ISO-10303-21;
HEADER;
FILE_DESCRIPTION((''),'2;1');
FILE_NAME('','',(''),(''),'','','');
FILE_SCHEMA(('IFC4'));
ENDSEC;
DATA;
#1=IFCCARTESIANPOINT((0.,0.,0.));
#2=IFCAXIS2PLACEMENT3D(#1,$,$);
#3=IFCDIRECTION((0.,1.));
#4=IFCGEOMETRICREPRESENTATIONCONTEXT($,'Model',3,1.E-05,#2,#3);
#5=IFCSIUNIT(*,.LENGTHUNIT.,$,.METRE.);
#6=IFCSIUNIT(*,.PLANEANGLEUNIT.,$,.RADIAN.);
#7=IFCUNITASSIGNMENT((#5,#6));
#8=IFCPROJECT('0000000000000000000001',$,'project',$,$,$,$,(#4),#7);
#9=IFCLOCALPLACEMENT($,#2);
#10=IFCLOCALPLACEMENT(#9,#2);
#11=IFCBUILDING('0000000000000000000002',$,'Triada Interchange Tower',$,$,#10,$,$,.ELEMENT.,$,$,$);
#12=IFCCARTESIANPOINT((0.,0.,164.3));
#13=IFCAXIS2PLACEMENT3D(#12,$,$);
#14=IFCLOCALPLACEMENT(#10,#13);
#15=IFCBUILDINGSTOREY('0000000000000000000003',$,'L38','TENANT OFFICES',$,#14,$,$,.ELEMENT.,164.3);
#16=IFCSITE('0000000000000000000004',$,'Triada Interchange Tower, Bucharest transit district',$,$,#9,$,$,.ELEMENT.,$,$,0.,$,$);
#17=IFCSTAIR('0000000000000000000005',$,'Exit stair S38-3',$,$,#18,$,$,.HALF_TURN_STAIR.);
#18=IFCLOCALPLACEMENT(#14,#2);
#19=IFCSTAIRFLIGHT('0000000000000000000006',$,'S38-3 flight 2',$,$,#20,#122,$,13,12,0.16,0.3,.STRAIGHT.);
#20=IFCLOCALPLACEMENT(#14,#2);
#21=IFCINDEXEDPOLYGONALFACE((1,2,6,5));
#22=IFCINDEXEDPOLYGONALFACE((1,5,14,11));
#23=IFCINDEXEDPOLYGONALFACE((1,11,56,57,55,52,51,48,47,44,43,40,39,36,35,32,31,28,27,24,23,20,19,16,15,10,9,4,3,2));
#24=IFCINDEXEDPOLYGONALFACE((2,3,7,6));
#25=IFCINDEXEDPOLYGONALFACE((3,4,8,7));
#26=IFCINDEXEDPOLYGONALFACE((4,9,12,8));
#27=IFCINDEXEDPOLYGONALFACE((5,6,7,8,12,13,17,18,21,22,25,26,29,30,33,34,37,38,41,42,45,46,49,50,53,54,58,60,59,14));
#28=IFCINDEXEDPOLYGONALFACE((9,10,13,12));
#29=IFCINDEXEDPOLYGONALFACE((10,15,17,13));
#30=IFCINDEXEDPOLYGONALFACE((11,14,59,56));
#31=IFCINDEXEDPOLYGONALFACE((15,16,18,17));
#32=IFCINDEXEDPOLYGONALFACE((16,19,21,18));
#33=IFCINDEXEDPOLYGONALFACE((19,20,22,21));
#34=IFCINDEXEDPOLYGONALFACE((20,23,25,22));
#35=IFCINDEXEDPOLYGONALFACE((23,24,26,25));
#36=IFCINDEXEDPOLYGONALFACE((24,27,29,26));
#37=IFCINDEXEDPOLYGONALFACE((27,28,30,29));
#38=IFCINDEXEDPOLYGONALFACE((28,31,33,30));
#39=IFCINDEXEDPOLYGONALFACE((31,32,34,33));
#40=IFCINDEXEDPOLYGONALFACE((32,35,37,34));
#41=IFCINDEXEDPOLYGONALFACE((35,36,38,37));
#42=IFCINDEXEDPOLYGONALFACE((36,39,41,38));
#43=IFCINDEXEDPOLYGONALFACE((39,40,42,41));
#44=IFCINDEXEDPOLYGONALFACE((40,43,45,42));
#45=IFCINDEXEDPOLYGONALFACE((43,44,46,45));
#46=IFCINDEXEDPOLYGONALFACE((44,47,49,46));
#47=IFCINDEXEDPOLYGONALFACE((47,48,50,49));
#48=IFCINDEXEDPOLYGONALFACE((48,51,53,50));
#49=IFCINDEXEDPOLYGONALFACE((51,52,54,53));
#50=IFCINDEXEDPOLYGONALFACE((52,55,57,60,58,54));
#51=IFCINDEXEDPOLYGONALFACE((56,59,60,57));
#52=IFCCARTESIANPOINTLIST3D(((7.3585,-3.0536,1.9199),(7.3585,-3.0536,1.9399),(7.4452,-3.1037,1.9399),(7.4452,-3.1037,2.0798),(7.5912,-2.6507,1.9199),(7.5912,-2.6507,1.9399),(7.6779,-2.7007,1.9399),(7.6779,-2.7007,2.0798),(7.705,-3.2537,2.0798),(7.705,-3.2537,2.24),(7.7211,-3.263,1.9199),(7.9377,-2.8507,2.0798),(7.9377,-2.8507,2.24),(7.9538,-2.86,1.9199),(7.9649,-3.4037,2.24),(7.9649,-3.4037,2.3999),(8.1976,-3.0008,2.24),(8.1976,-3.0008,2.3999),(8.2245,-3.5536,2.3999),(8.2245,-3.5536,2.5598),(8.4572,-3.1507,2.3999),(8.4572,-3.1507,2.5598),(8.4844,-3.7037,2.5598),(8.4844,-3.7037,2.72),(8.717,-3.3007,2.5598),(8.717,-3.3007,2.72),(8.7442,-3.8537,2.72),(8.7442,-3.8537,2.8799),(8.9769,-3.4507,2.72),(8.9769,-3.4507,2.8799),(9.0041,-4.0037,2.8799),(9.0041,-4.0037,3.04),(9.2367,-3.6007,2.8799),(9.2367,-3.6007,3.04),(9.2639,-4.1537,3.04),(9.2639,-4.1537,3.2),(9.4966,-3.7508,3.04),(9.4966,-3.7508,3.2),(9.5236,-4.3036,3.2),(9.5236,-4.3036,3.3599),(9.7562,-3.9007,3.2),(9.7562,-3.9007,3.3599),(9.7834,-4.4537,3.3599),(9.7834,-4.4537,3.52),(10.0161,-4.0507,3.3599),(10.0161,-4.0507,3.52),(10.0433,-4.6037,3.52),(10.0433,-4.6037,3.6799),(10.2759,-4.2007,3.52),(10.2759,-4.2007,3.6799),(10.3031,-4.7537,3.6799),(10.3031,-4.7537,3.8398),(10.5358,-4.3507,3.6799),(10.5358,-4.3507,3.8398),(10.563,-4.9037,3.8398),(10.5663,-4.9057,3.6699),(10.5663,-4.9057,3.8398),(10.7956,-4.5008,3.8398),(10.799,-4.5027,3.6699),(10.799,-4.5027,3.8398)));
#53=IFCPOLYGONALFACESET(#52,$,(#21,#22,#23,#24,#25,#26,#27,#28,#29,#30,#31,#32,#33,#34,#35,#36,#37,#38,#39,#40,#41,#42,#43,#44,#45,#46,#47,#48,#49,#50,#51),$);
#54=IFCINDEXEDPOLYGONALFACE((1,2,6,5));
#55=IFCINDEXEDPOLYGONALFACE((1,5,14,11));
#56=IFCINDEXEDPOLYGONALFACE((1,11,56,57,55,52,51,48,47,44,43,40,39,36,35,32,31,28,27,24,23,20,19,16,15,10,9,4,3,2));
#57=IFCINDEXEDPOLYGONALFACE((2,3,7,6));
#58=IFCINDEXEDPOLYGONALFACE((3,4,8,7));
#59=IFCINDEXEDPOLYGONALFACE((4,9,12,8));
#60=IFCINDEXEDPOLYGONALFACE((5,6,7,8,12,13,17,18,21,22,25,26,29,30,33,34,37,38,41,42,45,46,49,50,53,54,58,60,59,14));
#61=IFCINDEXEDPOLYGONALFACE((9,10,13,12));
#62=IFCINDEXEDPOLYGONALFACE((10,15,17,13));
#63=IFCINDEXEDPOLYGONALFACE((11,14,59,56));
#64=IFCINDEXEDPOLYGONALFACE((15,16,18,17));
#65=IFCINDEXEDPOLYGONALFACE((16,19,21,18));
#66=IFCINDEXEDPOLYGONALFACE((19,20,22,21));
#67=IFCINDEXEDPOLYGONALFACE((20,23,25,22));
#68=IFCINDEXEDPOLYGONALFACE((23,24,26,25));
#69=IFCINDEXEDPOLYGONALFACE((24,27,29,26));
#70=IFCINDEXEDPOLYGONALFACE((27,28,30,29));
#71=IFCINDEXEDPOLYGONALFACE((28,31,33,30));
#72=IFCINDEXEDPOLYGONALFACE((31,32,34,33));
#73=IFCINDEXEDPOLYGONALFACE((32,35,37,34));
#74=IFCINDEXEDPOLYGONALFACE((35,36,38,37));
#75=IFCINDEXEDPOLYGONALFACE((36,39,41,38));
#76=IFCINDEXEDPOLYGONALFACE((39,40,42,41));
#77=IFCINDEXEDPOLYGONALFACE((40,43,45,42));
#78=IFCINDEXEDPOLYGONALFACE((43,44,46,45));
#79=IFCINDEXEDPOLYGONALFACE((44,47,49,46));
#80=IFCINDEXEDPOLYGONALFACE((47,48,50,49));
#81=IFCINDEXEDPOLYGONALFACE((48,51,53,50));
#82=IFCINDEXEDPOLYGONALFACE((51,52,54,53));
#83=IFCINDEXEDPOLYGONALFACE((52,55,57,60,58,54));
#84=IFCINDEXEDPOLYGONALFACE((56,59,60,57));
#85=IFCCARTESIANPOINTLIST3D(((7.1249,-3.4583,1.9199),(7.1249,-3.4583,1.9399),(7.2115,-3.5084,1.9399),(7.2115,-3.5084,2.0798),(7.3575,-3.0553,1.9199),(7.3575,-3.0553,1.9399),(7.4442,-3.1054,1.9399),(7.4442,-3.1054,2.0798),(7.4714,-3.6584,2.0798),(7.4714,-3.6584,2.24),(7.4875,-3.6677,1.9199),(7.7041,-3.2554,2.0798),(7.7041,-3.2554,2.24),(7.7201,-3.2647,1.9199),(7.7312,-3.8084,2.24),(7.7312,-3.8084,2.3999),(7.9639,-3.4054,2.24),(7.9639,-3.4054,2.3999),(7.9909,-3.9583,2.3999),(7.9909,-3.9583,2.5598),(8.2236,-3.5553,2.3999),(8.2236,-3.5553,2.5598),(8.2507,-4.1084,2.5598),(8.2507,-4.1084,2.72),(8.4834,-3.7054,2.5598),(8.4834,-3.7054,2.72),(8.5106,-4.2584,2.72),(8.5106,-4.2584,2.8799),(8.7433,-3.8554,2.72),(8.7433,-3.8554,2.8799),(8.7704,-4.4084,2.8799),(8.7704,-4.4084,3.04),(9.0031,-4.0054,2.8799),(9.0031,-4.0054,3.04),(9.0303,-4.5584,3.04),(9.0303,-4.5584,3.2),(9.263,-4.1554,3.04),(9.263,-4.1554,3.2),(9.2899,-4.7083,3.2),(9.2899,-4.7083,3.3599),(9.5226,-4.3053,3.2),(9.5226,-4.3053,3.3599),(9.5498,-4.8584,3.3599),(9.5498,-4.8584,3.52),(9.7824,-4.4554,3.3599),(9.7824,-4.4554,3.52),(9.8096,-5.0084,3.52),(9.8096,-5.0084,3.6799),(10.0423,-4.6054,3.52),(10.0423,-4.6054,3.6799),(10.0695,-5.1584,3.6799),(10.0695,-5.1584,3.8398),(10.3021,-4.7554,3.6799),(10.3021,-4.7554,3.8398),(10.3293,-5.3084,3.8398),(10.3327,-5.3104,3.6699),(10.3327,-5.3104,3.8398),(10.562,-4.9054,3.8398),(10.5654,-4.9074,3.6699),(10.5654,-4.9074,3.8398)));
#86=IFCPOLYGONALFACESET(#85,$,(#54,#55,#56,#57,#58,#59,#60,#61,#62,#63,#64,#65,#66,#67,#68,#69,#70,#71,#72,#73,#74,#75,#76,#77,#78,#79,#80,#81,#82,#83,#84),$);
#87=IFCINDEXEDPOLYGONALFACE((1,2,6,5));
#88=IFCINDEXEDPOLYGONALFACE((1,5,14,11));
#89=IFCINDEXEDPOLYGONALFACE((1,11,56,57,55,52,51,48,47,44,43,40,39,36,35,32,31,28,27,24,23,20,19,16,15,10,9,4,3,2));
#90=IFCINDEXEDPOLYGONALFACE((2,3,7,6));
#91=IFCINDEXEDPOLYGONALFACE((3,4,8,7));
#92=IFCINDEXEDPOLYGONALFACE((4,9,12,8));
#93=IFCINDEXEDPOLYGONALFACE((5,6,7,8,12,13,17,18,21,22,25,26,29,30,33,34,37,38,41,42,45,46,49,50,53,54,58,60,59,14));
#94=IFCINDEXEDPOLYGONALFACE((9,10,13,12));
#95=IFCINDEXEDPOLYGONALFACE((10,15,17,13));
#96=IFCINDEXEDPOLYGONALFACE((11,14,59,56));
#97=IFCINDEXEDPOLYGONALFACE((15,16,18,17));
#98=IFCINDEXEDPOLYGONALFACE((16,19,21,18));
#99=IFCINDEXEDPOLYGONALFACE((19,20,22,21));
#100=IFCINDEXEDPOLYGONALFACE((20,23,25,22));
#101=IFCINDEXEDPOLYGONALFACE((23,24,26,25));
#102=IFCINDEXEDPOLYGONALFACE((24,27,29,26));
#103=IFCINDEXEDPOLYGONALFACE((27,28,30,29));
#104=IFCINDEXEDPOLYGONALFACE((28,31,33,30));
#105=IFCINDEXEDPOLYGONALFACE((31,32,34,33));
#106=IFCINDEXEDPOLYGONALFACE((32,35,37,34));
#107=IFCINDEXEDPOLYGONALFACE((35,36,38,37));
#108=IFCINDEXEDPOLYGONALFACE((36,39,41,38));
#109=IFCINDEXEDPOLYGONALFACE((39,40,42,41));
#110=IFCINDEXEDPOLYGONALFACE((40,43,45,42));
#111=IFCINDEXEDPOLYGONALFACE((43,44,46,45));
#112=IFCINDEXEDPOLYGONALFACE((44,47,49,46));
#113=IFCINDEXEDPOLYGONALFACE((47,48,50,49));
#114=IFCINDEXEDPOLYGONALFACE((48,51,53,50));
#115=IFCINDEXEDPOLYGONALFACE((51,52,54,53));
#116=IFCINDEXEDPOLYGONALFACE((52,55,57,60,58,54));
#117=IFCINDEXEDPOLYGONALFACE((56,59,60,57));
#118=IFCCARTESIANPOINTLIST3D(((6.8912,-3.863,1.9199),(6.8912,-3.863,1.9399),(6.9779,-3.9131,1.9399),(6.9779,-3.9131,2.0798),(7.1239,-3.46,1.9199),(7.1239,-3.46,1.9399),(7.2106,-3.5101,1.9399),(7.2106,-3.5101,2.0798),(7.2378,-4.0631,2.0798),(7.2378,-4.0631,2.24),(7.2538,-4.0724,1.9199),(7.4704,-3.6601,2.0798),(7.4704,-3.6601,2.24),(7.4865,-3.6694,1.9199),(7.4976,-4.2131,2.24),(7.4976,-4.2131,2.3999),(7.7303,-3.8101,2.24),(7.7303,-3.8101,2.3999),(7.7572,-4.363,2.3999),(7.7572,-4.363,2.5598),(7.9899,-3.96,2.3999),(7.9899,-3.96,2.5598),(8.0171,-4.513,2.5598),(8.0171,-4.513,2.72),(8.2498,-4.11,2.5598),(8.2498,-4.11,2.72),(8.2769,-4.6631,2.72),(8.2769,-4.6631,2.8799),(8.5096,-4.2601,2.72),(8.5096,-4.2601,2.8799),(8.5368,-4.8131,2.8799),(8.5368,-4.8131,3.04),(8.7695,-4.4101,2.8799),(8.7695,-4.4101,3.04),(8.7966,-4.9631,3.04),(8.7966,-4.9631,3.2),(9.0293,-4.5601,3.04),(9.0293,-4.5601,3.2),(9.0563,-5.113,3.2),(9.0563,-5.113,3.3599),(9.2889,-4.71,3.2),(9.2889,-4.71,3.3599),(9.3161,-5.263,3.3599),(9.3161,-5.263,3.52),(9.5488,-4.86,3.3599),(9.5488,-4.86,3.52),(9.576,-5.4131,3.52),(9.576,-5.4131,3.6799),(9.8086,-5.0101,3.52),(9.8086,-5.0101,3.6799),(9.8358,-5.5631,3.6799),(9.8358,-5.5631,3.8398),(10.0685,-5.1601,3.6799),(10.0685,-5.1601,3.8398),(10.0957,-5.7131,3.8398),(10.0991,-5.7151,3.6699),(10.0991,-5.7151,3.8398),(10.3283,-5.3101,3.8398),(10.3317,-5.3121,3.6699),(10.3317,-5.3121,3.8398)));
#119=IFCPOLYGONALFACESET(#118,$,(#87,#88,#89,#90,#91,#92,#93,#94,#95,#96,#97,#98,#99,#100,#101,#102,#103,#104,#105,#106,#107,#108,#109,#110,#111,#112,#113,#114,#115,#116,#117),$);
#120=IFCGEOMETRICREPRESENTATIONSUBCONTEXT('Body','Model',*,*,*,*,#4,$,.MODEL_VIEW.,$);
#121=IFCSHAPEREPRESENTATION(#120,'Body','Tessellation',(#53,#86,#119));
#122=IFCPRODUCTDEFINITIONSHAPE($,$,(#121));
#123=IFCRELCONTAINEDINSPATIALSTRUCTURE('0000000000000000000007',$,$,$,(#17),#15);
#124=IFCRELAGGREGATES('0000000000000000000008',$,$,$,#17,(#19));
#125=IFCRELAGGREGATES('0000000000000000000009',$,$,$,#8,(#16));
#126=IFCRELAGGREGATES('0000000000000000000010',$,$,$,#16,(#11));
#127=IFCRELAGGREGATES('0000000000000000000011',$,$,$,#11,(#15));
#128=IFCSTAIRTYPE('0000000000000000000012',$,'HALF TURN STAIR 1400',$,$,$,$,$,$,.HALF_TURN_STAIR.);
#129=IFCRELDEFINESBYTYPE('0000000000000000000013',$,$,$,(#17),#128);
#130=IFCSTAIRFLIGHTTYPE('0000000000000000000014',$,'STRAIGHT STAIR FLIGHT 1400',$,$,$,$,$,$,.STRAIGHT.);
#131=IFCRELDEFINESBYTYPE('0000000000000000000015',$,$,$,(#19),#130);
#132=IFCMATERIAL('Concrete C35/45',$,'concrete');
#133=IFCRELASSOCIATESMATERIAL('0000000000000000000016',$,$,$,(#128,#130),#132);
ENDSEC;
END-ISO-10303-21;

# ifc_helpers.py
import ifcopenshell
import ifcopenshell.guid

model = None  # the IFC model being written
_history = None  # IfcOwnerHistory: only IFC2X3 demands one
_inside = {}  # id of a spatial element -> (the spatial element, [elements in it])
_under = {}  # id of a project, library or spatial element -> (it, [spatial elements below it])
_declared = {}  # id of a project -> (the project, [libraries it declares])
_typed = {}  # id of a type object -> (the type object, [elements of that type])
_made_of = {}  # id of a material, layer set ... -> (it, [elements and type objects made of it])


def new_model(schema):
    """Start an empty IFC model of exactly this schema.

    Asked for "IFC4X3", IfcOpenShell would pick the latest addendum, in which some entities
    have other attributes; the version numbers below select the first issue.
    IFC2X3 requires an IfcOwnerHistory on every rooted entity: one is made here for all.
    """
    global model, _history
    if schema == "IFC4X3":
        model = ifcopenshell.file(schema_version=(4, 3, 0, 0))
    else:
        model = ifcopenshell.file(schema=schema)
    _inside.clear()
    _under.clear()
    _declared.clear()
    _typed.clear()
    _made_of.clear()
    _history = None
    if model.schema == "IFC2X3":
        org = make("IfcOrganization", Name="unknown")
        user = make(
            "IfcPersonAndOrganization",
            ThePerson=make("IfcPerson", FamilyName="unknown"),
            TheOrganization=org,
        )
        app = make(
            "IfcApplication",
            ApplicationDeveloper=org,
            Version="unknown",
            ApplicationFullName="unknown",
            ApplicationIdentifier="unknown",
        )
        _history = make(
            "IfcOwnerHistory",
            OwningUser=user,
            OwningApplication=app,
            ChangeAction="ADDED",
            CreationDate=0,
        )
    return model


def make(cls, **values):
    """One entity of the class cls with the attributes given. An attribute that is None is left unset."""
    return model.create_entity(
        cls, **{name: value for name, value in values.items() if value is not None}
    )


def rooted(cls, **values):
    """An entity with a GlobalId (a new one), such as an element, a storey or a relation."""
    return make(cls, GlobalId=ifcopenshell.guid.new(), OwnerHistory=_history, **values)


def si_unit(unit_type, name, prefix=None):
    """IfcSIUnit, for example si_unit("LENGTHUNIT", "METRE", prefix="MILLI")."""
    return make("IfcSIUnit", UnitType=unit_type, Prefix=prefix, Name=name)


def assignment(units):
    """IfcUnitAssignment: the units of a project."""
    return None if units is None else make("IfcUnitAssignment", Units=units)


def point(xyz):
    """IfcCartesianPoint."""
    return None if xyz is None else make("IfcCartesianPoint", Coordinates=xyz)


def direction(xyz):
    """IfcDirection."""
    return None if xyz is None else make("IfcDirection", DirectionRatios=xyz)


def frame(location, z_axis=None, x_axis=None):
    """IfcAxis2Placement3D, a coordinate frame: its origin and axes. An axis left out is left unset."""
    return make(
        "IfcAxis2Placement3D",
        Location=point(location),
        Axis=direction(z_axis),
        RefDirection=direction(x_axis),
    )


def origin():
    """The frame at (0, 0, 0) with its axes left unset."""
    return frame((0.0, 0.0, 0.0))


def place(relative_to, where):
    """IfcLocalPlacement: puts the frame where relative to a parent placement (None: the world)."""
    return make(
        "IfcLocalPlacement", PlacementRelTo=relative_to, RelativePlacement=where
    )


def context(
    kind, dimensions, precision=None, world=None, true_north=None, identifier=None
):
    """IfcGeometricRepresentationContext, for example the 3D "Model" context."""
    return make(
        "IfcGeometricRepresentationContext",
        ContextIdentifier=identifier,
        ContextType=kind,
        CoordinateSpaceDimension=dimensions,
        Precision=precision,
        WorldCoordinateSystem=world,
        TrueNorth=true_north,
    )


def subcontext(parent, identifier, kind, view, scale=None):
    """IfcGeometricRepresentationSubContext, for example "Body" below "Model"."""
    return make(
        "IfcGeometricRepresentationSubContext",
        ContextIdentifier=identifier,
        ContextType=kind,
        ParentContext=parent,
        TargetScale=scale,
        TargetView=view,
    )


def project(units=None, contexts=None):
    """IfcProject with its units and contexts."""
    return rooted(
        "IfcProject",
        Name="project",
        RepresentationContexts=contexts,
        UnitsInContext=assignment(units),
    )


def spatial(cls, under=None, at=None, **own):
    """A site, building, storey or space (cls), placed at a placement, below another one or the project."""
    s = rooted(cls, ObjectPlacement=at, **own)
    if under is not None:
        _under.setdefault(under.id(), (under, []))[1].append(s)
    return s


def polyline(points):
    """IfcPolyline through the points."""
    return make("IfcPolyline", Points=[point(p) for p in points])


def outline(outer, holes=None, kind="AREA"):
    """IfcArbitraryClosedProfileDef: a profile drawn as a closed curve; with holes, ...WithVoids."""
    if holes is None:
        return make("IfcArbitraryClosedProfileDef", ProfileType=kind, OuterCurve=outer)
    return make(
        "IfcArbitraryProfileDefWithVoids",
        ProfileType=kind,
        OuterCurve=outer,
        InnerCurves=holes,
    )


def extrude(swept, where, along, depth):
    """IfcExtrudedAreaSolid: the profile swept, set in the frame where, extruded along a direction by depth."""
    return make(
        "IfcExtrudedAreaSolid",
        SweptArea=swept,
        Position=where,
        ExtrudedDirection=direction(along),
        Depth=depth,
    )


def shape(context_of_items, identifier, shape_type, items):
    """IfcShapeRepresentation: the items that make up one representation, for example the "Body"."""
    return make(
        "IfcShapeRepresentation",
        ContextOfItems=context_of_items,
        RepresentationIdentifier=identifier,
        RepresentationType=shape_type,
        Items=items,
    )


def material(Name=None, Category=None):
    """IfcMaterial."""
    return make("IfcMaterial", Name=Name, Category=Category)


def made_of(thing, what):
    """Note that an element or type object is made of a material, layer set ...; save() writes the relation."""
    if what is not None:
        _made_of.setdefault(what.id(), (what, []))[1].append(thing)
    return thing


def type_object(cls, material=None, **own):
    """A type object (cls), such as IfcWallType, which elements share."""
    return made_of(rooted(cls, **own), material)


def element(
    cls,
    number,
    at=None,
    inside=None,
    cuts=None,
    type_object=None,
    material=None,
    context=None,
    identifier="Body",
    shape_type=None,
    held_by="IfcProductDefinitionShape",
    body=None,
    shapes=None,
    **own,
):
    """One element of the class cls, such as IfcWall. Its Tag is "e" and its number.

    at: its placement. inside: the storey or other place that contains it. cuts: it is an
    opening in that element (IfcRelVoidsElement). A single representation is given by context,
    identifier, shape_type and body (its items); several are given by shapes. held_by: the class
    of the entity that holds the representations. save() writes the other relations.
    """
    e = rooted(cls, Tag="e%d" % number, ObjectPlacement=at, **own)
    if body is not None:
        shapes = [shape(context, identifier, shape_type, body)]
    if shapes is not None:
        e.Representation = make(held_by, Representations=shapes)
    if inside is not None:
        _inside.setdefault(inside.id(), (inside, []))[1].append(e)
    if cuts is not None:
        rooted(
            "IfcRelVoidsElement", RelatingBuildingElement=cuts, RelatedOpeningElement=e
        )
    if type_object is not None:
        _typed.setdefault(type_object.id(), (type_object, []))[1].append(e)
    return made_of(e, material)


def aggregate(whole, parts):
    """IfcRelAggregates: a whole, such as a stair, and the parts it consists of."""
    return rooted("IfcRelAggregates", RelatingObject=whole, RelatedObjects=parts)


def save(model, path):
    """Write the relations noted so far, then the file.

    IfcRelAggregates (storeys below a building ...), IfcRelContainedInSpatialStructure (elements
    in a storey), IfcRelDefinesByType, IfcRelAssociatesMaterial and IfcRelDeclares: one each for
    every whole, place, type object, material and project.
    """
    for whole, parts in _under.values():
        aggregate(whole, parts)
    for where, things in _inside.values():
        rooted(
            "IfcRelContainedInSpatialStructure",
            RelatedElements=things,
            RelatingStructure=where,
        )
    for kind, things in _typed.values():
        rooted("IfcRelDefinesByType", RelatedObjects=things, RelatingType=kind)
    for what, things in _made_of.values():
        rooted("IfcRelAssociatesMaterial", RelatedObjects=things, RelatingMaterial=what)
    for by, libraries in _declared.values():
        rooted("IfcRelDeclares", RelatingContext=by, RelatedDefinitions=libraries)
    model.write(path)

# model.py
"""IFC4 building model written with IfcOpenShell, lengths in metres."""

from ifc_helpers import new_model, si_unit, direction, frame, origin, place, context, subcontext, project, spatial, polyline, outline, extrude, material, type_object, element, aggregate, save


model = new_model("IFC4")

# Units and contexts
model_context = context("Model", 3, precision=1e-05, world=origin(), true_north=direction((0.0, 1.0)))
body_context = subcontext(model_context, "Body", "Model", "MODEL_VIEW")
ifc_project = project(units=[si_unit("LENGTHUNIT", "METRE"), si_unit("PLANEANGLEUNIT", "RADIAN")], contexts=[model_context])

# Site, building, storey
site_placement = place(None, origin())
site = spatial("IfcSite", under=ifc_project, at=site_placement, Name="Triada Interchange Tower, Bucharest transit district", CompositionType="ELEMENT", RefElevation=0.0)
building_placement = place(site_placement, origin())
building = spatial("IfcBuilding", under=site, at=building_placement, Name="Triada Interchange Tower", CompositionType="ELEMENT")
storey_placement = place(building_placement, frame((0.0, 0.0, 164.3)))
storey = spatial("IfcBuildingStorey", under=building, at=storey_placement, Name="L38", Description="TENANT OFFICES", CompositionType="ELEMENT", Elevation=164.3)

# Stair, stair flight
ifc_material_1 = material(Name="Concrete C35/45", Category="concrete")
stair_type = type_object("IfcStairType", Name="HALF TURN STAIR 1400", PredefinedType="HALF_TURN_STAIR", material=ifc_material_1)
stair_placement = place(storey_placement, origin())
stair = element("IfcStair", 1, at=stair_placement, inside=storey, type_object=stair_type, Name="Exit stair S38-3", PredefinedType="HALF_TURN_STAIR")
stair_flight_type = type_object("IfcStairFlightType", Name="STRAIGHT STAIR FLIGHT 1400", PredefinedType="STRAIGHT", material=ifc_material_1)
stair_flight_1_placement = place(storey_placement, frame((7.3279, -3.3069, 1.9199), z_axis=(0.0, 0.0, 1.0), x_axis=(0.866025, -0.5, 0.0)))
stair_flight_1 = element("IfcStairFlight", 2, at=stair_flight_1_placement, type_object=stair_flight_type, Name="S38-3 flight 2", NumberOfRisers=13, NumberOfTreads=12, PredefinedType="STRAIGHT", RiserHeight=0.16, TreadLength=0.3, context=body_context, shape_type="SweptSolid", body=[
    extrude(outline(polyline([(-0.1001, 0.0), (-0.1001, 0.02), (0.0, 0.02), (0.0, 0.1599), (0.3, 0.1599), (0.3, 0.3201), (0.6001, 0.3201), (0.6001, 0.48), (0.8999, 0.48), (0.8999, 0.6399), (1.2, 0.6399), (1.2, 0.8), (1.5, 0.8), (1.5, 0.96), (1.8, 0.96), (1.8, 1.1201), (2.1001, 1.1201), (2.1001, 1.28), (2.3999, 1.28), (2.3999, 1.4399), (2.7, 1.4399), (2.7, 1.6001), (3.0, 1.6001), (3.0, 1.76), (3.3, 1.76), (3.3, 1.9199), (3.6001, 1.9199), (3.604, 1.9199), (3.604, 2.0801), (3.604, 1.75), (0.3186, 0.0), (-0.1001, 0.0)])), frame((0.0, 0.7, 0.0), z_axis=(0.0, -1.0, 0.0), x_axis=(1.0, 0.0, 0.0)), (0.0, 0.0, 1.0), 0.4653),
    extrude(outline(polyline([(-0.1001, 0.0), (-0.1001, 0.02), (0.0, 0.02), (0.0, 0.1599), (0.3, 0.1599), (0.3, 0.3201), (0.6001, 0.3201), (0.6001, 0.48), (0.8999, 0.48), (0.8999, 0.6399), (1.2, 0.6399), (1.2, 0.8), (1.5, 0.8), (1.5, 0.96), (1.8, 0.96), (1.8, 1.1201), (2.1001, 1.1201), (2.1001, 1.28), (2.3999, 1.28), (2.3999, 1.4399), (2.7, 1.4399), (2.7, 1.6001), (3.0, 1.6001), (3.0, 1.76), (3.3, 1.76), (3.3, 1.9199), (3.6001, 1.9199), (3.604, 1.9199), (3.604, 2.0801), (3.604, 1.75), (0.3186, 0.0), (-0.1001, 0.0)])), frame((0.0, 0.2327, 0.0), z_axis=(0.0, -1.0, 0.0), x_axis=(1.0, 0.0, 0.0)), (0.0, 0.0, 1.0), 0.4653),
    extrude(outline(polyline([(-0.1001, 0.0), (-0.1001, 0.02), (0.0, 0.02), (0.0, 0.1599), (0.3, 0.1599), (0.3, 0.3201), (0.6001, 0.3201), (0.6001, 0.48), (0.8999, 0.48), (0.8999, 0.6399), (1.2, 0.6399), (1.2, 0.8), (1.5, 0.8), (1.5, 0.96), (1.8, 0.96), (1.8, 1.1201), (2.1001, 1.1201), (2.1001, 1.28), (2.3999, 1.28), (2.3999, 1.4399), (2.7, 1.4399), (2.7, 1.6001), (3.0, 1.6001), (3.0, 1.76), (3.3, 1.76), (3.3, 1.9199), (3.6001, 1.9199), (3.604, 1.9199), (3.604, 2.0801), (3.604, 1.75), (0.3186, 0.0), (-0.1001, 0.0)])), frame((0.0, -0.2346, 0.0), z_axis=(0.0, -1.0, 0.0), x_axis=(1.0, 0.0, 0.0)), (0.0, 0.0, 1.0), 0.4653),
])
aggregate(stair, [stair_flight_1])

save(model, "model.ifc")
